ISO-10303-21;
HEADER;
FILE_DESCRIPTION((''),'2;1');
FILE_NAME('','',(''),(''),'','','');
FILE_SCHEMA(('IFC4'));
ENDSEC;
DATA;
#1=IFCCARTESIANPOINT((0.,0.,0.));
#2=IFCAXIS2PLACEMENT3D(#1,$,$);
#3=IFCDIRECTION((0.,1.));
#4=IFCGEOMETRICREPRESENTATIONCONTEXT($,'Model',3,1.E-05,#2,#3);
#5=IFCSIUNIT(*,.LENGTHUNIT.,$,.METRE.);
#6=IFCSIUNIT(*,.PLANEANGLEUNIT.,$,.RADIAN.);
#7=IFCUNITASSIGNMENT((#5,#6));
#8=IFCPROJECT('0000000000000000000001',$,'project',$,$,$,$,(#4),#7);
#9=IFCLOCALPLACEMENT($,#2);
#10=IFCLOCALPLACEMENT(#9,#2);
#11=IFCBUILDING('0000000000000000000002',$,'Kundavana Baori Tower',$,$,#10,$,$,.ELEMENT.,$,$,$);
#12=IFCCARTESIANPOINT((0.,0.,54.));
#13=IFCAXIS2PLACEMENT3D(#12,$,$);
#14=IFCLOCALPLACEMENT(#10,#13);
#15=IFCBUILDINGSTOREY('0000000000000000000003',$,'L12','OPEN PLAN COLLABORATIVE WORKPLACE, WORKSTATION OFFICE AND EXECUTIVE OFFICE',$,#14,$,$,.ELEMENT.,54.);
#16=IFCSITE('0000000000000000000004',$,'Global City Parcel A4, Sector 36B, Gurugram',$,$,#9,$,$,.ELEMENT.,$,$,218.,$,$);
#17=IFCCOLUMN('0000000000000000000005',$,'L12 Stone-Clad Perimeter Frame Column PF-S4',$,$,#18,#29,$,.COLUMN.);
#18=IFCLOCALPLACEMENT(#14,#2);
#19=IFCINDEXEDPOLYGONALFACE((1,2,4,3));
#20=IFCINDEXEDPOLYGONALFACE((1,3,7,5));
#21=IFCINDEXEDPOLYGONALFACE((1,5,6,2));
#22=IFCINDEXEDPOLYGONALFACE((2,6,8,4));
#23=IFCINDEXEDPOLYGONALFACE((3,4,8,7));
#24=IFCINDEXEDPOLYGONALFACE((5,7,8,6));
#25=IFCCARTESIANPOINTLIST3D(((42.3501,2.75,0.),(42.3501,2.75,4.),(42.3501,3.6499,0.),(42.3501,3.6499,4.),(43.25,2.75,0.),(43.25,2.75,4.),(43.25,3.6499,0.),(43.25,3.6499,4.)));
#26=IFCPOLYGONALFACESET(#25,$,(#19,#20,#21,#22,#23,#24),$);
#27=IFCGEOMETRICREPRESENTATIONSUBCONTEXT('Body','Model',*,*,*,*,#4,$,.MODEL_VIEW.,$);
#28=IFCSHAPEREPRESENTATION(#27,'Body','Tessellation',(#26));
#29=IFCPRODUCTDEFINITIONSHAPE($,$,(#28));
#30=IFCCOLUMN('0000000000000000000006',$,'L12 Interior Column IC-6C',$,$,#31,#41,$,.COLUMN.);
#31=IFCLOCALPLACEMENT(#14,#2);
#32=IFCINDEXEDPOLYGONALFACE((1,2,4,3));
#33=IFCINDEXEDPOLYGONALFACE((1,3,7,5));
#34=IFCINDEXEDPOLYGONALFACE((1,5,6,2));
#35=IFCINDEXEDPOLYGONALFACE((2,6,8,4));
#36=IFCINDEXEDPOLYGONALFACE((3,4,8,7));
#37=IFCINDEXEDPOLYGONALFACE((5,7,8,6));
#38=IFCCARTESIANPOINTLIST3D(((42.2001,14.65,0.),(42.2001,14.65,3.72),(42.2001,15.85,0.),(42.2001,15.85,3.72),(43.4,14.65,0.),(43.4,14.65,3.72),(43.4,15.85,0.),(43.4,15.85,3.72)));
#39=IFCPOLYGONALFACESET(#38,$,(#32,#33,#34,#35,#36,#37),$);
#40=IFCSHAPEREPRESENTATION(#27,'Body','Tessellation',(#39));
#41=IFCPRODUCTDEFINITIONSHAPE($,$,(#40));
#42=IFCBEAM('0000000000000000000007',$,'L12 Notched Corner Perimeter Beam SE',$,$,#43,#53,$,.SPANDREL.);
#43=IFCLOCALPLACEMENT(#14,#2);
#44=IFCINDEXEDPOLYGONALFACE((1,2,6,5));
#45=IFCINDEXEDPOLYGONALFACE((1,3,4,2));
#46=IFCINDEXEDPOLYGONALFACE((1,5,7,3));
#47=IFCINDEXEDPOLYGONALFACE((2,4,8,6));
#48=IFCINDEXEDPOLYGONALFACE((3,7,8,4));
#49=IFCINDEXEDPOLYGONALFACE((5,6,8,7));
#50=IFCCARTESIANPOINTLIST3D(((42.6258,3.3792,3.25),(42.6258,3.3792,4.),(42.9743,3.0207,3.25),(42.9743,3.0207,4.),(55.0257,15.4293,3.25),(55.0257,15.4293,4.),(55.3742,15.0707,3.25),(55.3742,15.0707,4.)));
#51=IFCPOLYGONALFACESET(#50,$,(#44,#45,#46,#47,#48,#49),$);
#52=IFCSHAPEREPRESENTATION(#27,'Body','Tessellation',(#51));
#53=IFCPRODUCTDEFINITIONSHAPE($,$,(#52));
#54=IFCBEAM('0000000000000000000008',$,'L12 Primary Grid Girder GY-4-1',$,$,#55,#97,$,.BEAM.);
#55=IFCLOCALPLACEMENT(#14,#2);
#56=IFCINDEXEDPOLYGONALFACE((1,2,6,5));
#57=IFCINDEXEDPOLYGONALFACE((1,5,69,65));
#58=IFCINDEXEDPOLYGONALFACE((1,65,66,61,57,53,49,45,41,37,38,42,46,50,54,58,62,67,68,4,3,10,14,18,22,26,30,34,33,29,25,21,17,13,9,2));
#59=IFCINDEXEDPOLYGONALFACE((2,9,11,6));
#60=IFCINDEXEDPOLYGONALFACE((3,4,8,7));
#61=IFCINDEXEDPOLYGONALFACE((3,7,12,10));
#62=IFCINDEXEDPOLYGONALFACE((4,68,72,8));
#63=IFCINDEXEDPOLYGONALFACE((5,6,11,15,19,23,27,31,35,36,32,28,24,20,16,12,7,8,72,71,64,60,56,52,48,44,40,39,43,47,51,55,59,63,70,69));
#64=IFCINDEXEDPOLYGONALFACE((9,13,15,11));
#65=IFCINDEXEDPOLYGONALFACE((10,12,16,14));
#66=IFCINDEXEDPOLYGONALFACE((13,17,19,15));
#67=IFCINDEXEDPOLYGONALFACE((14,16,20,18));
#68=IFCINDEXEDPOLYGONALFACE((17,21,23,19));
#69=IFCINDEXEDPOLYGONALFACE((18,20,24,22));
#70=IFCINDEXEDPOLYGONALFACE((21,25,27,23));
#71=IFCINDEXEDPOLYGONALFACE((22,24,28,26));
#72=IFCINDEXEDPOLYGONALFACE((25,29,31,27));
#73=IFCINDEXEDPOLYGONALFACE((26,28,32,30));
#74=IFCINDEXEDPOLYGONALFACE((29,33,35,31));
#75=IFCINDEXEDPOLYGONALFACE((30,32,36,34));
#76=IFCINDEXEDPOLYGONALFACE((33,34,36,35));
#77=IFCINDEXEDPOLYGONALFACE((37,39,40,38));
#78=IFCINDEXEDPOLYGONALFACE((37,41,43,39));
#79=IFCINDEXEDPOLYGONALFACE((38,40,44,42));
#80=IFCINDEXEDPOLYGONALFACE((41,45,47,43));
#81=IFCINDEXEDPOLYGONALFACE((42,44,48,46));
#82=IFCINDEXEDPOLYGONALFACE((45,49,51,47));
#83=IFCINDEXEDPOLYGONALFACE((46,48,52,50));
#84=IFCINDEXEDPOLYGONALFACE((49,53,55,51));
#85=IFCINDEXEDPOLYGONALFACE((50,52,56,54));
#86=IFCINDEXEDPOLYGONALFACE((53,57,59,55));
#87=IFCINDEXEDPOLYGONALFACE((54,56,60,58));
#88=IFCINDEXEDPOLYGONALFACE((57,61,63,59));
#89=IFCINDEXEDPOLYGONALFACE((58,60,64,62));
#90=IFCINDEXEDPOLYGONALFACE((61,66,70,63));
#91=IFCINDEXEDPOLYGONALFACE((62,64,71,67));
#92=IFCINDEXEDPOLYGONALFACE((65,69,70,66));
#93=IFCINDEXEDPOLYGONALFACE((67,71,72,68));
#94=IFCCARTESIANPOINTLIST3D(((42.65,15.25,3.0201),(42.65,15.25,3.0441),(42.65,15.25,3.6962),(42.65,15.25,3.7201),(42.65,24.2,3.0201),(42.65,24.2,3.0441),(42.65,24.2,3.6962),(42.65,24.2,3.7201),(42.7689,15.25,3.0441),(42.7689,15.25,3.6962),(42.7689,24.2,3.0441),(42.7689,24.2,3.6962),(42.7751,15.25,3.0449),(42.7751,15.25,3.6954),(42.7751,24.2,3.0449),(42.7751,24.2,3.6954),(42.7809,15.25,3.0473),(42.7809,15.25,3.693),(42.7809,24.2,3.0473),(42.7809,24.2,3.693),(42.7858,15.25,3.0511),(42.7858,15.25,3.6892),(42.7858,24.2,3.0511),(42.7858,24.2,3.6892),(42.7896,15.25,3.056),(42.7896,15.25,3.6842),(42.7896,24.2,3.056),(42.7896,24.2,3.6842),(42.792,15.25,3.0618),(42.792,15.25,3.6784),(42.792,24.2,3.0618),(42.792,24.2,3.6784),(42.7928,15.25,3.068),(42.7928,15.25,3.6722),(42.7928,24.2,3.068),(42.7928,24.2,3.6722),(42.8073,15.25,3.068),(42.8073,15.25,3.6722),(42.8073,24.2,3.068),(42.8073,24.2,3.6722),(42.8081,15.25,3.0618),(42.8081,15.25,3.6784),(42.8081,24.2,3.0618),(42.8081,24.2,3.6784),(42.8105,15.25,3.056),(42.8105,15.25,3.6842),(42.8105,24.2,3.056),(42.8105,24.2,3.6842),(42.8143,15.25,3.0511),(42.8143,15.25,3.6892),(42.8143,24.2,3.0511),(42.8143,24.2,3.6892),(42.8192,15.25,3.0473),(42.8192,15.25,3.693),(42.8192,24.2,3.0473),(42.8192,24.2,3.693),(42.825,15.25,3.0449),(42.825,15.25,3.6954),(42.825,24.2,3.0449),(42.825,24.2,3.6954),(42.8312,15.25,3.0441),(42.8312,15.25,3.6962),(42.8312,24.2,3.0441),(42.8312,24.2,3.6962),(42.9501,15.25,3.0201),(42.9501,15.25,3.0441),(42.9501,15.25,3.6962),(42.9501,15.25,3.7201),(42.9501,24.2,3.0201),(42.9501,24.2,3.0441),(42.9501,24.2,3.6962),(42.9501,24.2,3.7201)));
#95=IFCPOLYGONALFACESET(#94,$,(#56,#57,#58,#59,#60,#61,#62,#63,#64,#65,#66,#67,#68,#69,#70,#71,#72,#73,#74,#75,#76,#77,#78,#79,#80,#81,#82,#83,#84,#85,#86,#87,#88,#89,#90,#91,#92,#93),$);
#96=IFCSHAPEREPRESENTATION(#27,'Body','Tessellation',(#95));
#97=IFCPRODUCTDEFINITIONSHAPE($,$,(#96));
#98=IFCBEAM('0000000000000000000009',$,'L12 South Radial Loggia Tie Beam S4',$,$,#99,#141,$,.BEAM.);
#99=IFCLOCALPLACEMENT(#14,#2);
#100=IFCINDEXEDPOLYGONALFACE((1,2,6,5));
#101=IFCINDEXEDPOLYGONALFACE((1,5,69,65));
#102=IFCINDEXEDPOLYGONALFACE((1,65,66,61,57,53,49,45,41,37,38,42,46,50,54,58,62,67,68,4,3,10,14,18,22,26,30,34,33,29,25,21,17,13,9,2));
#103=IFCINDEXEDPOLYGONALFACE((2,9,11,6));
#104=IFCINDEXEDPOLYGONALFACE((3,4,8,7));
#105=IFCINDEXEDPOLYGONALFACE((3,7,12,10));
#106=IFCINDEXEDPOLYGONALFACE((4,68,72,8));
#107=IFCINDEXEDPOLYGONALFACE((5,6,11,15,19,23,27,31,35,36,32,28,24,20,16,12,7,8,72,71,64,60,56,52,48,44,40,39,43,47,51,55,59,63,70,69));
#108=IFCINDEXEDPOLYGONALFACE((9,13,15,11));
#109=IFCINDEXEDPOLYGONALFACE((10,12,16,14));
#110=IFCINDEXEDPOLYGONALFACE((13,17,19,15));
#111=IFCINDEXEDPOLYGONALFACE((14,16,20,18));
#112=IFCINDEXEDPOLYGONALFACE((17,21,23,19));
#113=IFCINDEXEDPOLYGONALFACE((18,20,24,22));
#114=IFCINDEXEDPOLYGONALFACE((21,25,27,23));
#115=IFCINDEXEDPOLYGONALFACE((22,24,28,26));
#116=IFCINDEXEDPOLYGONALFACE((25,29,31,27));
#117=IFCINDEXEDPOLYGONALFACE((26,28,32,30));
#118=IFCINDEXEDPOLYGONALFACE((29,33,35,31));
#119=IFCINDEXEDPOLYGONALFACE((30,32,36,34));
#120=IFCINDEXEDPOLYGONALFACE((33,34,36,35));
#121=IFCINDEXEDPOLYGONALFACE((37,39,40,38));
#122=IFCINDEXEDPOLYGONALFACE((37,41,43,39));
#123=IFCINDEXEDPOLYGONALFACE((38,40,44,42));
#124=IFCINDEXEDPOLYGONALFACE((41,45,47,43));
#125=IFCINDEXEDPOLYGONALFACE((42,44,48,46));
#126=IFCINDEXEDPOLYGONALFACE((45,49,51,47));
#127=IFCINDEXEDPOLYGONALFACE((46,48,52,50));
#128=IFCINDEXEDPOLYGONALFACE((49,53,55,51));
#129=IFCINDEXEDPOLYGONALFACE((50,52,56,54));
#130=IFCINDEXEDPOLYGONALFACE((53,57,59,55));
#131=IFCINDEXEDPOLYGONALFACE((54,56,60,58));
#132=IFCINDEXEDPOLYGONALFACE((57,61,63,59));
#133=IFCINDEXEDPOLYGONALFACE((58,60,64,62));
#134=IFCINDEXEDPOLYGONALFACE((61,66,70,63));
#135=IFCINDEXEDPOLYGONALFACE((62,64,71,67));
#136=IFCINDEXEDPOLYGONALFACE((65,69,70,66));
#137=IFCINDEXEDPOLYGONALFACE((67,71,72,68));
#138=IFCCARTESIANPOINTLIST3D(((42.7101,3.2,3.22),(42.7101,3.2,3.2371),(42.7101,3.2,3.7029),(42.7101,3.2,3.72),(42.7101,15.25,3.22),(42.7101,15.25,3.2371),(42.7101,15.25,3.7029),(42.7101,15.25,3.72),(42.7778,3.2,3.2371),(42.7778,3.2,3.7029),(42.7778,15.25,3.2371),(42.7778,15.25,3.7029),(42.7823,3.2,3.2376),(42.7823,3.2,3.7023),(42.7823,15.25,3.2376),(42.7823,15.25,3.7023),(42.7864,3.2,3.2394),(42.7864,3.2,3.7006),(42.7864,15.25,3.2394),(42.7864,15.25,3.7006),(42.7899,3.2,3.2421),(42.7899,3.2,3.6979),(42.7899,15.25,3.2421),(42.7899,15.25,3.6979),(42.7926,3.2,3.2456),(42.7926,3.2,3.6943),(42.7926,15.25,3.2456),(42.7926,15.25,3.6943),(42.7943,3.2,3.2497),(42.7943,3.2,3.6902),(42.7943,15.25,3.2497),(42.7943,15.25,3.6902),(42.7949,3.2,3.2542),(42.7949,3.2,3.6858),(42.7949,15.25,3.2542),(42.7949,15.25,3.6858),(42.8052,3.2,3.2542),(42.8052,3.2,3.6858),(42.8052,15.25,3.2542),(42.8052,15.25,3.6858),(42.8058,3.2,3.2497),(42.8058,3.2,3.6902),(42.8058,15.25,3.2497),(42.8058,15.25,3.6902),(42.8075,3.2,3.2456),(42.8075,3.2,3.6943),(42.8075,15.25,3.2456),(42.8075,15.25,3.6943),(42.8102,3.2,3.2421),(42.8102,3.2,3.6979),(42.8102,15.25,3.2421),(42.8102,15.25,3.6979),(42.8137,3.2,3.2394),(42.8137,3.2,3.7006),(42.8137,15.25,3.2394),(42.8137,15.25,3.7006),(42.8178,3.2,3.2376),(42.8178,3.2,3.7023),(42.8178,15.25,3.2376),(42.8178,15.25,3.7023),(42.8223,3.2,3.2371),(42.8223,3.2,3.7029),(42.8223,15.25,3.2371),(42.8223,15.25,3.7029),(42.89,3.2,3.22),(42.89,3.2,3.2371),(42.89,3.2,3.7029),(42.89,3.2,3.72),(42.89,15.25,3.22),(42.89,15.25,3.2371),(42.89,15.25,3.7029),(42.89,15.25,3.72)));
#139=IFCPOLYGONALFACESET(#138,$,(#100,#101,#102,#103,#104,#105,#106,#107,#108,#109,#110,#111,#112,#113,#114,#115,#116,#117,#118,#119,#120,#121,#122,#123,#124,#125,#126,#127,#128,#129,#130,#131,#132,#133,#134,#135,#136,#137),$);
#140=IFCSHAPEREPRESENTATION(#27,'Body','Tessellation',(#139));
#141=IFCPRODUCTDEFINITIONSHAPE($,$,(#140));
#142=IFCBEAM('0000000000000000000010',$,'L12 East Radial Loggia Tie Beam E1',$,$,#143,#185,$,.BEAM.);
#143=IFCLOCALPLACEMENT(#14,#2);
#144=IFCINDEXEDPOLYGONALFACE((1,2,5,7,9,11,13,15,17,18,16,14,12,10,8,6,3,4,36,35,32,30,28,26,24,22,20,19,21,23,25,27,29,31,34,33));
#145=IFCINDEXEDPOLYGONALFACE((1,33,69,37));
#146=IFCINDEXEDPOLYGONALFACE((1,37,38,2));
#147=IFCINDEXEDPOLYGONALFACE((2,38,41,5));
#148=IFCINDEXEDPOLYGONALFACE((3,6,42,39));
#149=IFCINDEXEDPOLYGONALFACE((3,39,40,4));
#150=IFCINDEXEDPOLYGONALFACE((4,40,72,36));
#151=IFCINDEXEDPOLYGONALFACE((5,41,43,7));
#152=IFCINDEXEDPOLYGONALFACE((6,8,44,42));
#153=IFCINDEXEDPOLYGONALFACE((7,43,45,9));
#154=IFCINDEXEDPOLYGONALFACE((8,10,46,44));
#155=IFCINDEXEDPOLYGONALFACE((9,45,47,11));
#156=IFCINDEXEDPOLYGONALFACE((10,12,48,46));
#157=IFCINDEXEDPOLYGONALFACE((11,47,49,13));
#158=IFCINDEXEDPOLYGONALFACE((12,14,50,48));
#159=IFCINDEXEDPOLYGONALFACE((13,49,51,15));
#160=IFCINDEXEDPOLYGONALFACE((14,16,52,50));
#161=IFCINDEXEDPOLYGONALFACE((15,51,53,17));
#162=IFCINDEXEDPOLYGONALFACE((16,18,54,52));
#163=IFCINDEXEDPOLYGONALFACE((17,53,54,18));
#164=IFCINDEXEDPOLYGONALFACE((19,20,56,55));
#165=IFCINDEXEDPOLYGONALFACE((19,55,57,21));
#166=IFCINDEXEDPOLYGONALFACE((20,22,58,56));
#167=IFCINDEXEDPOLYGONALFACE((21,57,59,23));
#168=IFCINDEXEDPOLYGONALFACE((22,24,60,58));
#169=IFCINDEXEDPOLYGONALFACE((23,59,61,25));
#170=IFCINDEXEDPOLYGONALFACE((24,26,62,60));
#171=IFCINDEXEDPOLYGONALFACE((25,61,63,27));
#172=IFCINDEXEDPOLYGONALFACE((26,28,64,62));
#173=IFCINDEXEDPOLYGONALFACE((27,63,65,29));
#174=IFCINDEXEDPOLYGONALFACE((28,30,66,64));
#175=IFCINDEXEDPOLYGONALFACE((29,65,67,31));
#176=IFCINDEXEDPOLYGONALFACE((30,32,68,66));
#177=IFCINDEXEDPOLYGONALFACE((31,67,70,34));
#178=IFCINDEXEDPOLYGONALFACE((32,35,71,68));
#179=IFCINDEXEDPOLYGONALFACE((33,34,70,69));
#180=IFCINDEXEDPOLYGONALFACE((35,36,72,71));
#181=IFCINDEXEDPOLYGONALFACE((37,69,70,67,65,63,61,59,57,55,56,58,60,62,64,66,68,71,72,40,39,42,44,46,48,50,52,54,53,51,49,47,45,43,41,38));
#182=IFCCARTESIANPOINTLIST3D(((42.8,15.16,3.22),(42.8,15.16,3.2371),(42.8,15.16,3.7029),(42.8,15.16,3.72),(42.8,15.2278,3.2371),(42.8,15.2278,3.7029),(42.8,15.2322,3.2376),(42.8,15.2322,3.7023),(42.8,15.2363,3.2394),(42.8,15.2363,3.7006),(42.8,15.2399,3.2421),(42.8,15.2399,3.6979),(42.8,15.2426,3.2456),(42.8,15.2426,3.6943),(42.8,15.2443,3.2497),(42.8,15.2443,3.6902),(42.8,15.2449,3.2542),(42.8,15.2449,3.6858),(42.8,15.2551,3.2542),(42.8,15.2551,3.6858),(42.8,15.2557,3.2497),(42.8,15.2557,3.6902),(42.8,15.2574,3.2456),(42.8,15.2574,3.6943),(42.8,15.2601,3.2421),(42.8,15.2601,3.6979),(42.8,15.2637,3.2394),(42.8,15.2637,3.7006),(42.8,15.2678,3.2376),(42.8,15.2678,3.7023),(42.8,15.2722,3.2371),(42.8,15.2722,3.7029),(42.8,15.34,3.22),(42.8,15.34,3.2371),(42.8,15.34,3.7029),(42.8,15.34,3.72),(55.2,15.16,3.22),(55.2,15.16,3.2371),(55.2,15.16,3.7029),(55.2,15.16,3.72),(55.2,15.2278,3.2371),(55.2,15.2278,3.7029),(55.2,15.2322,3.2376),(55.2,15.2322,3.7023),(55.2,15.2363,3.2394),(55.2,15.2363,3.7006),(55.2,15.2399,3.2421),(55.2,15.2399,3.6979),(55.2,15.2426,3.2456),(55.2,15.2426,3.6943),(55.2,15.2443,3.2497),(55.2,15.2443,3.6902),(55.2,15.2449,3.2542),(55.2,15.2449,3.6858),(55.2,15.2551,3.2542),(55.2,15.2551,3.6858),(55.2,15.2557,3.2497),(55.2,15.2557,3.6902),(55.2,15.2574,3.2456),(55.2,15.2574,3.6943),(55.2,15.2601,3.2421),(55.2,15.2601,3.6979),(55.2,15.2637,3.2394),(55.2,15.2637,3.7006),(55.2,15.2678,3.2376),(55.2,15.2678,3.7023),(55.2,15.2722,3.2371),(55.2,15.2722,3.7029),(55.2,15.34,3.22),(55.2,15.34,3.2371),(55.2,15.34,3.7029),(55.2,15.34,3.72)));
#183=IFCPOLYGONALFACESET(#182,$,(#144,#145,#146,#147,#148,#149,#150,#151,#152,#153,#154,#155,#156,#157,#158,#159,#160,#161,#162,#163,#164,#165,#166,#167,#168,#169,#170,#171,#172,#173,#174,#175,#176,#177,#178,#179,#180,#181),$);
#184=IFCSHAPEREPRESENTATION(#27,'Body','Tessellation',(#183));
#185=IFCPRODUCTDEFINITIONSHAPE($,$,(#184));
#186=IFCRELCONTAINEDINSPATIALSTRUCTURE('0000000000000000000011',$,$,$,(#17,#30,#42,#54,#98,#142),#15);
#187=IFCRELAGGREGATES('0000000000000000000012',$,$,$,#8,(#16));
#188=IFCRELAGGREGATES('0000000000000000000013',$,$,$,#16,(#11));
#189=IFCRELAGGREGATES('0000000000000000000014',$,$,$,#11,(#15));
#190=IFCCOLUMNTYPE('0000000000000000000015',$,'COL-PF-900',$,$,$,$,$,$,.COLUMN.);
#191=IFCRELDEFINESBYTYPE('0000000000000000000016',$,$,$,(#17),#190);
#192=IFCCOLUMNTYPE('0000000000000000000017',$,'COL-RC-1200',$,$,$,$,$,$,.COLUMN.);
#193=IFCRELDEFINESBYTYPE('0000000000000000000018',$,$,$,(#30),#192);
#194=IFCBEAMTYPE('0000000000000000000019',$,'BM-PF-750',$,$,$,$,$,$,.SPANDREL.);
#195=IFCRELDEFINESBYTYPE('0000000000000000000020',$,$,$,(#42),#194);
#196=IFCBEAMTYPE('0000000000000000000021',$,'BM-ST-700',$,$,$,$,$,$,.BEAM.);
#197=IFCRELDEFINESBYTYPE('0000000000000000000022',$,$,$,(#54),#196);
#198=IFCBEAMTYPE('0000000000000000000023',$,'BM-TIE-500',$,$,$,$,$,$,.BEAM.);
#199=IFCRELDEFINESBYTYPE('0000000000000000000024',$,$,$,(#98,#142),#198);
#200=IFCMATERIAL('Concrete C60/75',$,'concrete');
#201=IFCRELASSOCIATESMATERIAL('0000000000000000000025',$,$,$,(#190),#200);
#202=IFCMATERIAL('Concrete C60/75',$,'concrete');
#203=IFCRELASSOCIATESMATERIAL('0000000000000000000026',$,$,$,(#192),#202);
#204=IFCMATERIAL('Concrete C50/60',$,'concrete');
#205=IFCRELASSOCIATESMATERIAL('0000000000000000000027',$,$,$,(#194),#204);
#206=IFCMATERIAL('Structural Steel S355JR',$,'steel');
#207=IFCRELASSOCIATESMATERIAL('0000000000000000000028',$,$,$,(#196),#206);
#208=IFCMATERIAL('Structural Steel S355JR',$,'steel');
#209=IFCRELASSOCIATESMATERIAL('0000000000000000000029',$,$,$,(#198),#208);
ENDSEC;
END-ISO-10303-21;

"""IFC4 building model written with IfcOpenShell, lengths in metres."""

from ifc_helpers import new_model, si_unit, direction, frame, origin, origin_2d, place, context, subcontext, project, spatial, rectangle, i_section, extrude, material, material_profile, profile_set, type_object, element, save


model = new_model("IFC4")

# Units and contexts
model_context = context("Model", 3, precision=1e-05, world=origin(), true_north=direction((0.0, 1.0)))
body_context = subcontext(model_context, "Body", "Model", "MODEL_VIEW")
ifc_project = project(units=[si_unit("LENGTHUNIT", "METRE"), si_unit("PLANEANGLEUNIT", "RADIAN")], contexts=[model_context])

# Site, building, storey
site_placement = place(None, origin())
site = spatial("IfcSite", under=ifc_project, at=site_placement, Name="Global City Parcel A4, Sector 36B, Gurugram", CompositionType="ELEMENT", RefElevation=218.0)
building_placement = place(site_placement, origin())
building = spatial("IfcBuilding", under=site, at=building_placement, Name="Kundavana Baori Tower", CompositionType="ELEMENT")
storey_placement = place(building_placement, frame((0.0, 0.0, 54.0)))
storey = spatial("IfcBuildingStorey", under=building, at=storey_placement, Name="L12", Description="OPEN PLAN COLLABORATIVE WORKPLACE, WORKSTATION OFFICE AND EXECUTIVE OFFICE", CompositionType="ELEMENT", Elevation=54.0)

# Columns
ifc_material_1 = material(Name="Concrete C60/75", Category="concrete")
ifc_material_profile_1 = material_profile(ifc_material_1, rectangle(XDim=0.8999, YDim=0.8999, at=origin_2d()), Name="RC PF 900x900")
ifc_profile_set_1 = profile_set([ifc_material_profile_1], Name="Concrete C60/75")
column_type_1 = type_object("IfcColumnType", Name="COL-PF-900", PredefinedType="COLUMN", material=ifc_profile_set_1)
column_1_placement = place(storey_placement, frame((42.8, 3.2, 0.0), z_axis=(0.0, 0.0, 1.0), x_axis=(1.0, 0.0, 0.0)))
element("IfcColumn", 1, at=column_1_placement, inside=storey, type_object=column_type_1, Name="L12 Stone-Clad Perimeter Frame Column PF-S4", PredefinedType="COLUMN", context=body_context, shape_type="SweptSolid", body=[
    extrude(rectangle(XDim=0.8999, YDim=0.8999, at=origin_2d()), origin(), (0.0, 0.0, 1.0), 4.0),
])
ifc_material_2 = material(Name="Concrete C60/75", Category="concrete")
ifc_material_profile_2 = material_profile(ifc_material_2, rectangle(XDim=1.2, YDim=1.2, at=origin_2d()), Name="RC 1200x1200")
ifc_profile_set_2 = profile_set([ifc_material_profile_2], Name="Concrete C60/75")
column_type_2 = type_object("IfcColumnType", Name="COL-RC-1200", PredefinedType="COLUMN", material=ifc_profile_set_2)
column_2_placement = place(storey_placement, frame((42.8, 15.25, 0.0), z_axis=(0.0, 0.0, 1.0), x_axis=(1.0, 0.0, 0.0)))
element("IfcColumn", 2, at=column_2_placement, inside=storey, type_object=column_type_2, Name="L12 Interior Column IC-6C", PredefinedType="COLUMN", context=body_context, shape_type="SweptSolid", body=[
    extrude(rectangle(XDim=1.2, YDim=1.2, at=origin_2d()), origin(), (0.0, 0.0, 1.0), 3.72),
])

# Beams
ifc_material_3 = material(Name="Concrete C50/60", Category="concrete")
ifc_material_profile_3 = material_profile(ifc_material_3, rectangle(XDim=0.5, YDim=0.75, at=origin_2d()), Name="RC BM 500x750")
ifc_profile_set_3 = profile_set([ifc_material_profile_3], Name="Concrete C50/60")
beam_type_1 = type_object("IfcBeamType", Name="BM-PF-750", PredefinedType="SPANDREL", material=ifc_profile_set_3)
beam_1_placement = place(storey_placement, frame((42.8, 3.2, 3.625), z_axis=(0.717151, 0.696917, 0.0), x_axis=(-0.696917, 0.717151, 0.0)))
element("IfcBeam", 3, at=beam_1_placement, inside=storey, type_object=beam_type_1, Name="L12 Notched Corner Perimeter Beam SE", PredefinedType="SPANDREL", context=body_context, shape_type="SweptSolid", body=[
    extrude(rectangle(XDim=0.5, YDim=0.75, at=origin_2d()), origin(), (0.0, 0.0, 1.0), 17.2905),
])
ifc_material_4 = material(Name="Structural Steel S355JR", Category="steel")
ifc_material_profile_4 = material_profile(ifc_material_4, i_section(OverallWidth=0.3, OverallDepth=0.7, WebThickness=0.0144, FlangeThickness=0.0239, FilletRadius=0.0239, at=origin_2d()), Name="NPB 700x300x170")
ifc_profile_set_4 = profile_set([ifc_material_profile_4], Name="Structural Steel S355JR")
beam_type_2 = type_object("IfcBeamType", Name="BM-ST-700", PredefinedType="BEAM", material=ifc_profile_set_4)
beam_2_placement = place(storey_placement, frame((42.8, 15.25, 3.3701), z_axis=(0.0, 1.0, 0.0), x_axis=(-1.0, 0.0, 0.0)))
element("IfcBeam", 4, at=beam_2_placement, inside=storey, type_object=beam_type_2, Name="L12 Primary Grid Girder GY-4-1", PredefinedType="BEAM", context=body_context, shape_type="SweptSolid", body=[
    extrude(i_section(OverallWidth=0.3, OverallDepth=0.7, WebThickness=0.0144, FlangeThickness=0.0239, FilletRadius=0.0239, at=origin_2d()), origin(), (0.0, 0.0, 1.0), 8.95),
])
ifc_material_5 = material(Name="Structural Steel S355JR", Category="steel")
ifc_material_profile_5 = material_profile(ifc_material_5, i_section(OverallWidth=0.1799, OverallDepth=0.5, WebThickness=0.0103, FlangeThickness=0.0171, FilletRadius=0.0171, at=origin_2d()), Name="ISMB 500")
ifc_profile_set_5 = profile_set([ifc_material_profile_5], Name="Structural Steel S355JR")
beam_type_3 = type_object("IfcBeamType", Name="BM-TIE-500", PredefinedType="BEAM", material=ifc_profile_set_5)
beam_3_placement = place(storey_placement, frame((42.8, 15.25, 3.47), z_axis=(0.0, -1.0, 0.0), x_axis=(1.0, 0.0, 0.0)))
element("IfcBeam", 5, at=beam_3_placement, inside=storey, type_object=beam_type_3, Name="L12 South Radial Loggia Tie Beam S4", PredefinedType="BEAM", context=body_context, shape_type="SweptSolid", body=[
    extrude(i_section(OverallWidth=0.1799, OverallDepth=0.5, WebThickness=0.0103, FlangeThickness=0.0171, FilletRadius=0.0171, at=origin_2d()), origin(), (0.0, 0.0, 1.0), 12.05),
])
beam_4_placement = place(storey_placement, frame((42.8, 15.25, 3.47), z_axis=(1.0, 0.0, 0.0), x_axis=(0.0, 1.0, 0.0)))
element("IfcBeam", 6, at=beam_4_placement, inside=storey, type_object=beam_type_3, Name="L12 East Radial Loggia Tie Beam E1", PredefinedType="BEAM", context=body_context, shape_type="SweptSolid", body=[
    extrude(i_section(OverallWidth=0.1799, OverallDepth=0.5, WebThickness=0.0103, FlangeThickness=0.0171, FilletRadius=0.0171, at=origin_2d()), origin(), (0.0, 0.0, 1.0), 12.3999),
])

save(model, "model.ifc")
